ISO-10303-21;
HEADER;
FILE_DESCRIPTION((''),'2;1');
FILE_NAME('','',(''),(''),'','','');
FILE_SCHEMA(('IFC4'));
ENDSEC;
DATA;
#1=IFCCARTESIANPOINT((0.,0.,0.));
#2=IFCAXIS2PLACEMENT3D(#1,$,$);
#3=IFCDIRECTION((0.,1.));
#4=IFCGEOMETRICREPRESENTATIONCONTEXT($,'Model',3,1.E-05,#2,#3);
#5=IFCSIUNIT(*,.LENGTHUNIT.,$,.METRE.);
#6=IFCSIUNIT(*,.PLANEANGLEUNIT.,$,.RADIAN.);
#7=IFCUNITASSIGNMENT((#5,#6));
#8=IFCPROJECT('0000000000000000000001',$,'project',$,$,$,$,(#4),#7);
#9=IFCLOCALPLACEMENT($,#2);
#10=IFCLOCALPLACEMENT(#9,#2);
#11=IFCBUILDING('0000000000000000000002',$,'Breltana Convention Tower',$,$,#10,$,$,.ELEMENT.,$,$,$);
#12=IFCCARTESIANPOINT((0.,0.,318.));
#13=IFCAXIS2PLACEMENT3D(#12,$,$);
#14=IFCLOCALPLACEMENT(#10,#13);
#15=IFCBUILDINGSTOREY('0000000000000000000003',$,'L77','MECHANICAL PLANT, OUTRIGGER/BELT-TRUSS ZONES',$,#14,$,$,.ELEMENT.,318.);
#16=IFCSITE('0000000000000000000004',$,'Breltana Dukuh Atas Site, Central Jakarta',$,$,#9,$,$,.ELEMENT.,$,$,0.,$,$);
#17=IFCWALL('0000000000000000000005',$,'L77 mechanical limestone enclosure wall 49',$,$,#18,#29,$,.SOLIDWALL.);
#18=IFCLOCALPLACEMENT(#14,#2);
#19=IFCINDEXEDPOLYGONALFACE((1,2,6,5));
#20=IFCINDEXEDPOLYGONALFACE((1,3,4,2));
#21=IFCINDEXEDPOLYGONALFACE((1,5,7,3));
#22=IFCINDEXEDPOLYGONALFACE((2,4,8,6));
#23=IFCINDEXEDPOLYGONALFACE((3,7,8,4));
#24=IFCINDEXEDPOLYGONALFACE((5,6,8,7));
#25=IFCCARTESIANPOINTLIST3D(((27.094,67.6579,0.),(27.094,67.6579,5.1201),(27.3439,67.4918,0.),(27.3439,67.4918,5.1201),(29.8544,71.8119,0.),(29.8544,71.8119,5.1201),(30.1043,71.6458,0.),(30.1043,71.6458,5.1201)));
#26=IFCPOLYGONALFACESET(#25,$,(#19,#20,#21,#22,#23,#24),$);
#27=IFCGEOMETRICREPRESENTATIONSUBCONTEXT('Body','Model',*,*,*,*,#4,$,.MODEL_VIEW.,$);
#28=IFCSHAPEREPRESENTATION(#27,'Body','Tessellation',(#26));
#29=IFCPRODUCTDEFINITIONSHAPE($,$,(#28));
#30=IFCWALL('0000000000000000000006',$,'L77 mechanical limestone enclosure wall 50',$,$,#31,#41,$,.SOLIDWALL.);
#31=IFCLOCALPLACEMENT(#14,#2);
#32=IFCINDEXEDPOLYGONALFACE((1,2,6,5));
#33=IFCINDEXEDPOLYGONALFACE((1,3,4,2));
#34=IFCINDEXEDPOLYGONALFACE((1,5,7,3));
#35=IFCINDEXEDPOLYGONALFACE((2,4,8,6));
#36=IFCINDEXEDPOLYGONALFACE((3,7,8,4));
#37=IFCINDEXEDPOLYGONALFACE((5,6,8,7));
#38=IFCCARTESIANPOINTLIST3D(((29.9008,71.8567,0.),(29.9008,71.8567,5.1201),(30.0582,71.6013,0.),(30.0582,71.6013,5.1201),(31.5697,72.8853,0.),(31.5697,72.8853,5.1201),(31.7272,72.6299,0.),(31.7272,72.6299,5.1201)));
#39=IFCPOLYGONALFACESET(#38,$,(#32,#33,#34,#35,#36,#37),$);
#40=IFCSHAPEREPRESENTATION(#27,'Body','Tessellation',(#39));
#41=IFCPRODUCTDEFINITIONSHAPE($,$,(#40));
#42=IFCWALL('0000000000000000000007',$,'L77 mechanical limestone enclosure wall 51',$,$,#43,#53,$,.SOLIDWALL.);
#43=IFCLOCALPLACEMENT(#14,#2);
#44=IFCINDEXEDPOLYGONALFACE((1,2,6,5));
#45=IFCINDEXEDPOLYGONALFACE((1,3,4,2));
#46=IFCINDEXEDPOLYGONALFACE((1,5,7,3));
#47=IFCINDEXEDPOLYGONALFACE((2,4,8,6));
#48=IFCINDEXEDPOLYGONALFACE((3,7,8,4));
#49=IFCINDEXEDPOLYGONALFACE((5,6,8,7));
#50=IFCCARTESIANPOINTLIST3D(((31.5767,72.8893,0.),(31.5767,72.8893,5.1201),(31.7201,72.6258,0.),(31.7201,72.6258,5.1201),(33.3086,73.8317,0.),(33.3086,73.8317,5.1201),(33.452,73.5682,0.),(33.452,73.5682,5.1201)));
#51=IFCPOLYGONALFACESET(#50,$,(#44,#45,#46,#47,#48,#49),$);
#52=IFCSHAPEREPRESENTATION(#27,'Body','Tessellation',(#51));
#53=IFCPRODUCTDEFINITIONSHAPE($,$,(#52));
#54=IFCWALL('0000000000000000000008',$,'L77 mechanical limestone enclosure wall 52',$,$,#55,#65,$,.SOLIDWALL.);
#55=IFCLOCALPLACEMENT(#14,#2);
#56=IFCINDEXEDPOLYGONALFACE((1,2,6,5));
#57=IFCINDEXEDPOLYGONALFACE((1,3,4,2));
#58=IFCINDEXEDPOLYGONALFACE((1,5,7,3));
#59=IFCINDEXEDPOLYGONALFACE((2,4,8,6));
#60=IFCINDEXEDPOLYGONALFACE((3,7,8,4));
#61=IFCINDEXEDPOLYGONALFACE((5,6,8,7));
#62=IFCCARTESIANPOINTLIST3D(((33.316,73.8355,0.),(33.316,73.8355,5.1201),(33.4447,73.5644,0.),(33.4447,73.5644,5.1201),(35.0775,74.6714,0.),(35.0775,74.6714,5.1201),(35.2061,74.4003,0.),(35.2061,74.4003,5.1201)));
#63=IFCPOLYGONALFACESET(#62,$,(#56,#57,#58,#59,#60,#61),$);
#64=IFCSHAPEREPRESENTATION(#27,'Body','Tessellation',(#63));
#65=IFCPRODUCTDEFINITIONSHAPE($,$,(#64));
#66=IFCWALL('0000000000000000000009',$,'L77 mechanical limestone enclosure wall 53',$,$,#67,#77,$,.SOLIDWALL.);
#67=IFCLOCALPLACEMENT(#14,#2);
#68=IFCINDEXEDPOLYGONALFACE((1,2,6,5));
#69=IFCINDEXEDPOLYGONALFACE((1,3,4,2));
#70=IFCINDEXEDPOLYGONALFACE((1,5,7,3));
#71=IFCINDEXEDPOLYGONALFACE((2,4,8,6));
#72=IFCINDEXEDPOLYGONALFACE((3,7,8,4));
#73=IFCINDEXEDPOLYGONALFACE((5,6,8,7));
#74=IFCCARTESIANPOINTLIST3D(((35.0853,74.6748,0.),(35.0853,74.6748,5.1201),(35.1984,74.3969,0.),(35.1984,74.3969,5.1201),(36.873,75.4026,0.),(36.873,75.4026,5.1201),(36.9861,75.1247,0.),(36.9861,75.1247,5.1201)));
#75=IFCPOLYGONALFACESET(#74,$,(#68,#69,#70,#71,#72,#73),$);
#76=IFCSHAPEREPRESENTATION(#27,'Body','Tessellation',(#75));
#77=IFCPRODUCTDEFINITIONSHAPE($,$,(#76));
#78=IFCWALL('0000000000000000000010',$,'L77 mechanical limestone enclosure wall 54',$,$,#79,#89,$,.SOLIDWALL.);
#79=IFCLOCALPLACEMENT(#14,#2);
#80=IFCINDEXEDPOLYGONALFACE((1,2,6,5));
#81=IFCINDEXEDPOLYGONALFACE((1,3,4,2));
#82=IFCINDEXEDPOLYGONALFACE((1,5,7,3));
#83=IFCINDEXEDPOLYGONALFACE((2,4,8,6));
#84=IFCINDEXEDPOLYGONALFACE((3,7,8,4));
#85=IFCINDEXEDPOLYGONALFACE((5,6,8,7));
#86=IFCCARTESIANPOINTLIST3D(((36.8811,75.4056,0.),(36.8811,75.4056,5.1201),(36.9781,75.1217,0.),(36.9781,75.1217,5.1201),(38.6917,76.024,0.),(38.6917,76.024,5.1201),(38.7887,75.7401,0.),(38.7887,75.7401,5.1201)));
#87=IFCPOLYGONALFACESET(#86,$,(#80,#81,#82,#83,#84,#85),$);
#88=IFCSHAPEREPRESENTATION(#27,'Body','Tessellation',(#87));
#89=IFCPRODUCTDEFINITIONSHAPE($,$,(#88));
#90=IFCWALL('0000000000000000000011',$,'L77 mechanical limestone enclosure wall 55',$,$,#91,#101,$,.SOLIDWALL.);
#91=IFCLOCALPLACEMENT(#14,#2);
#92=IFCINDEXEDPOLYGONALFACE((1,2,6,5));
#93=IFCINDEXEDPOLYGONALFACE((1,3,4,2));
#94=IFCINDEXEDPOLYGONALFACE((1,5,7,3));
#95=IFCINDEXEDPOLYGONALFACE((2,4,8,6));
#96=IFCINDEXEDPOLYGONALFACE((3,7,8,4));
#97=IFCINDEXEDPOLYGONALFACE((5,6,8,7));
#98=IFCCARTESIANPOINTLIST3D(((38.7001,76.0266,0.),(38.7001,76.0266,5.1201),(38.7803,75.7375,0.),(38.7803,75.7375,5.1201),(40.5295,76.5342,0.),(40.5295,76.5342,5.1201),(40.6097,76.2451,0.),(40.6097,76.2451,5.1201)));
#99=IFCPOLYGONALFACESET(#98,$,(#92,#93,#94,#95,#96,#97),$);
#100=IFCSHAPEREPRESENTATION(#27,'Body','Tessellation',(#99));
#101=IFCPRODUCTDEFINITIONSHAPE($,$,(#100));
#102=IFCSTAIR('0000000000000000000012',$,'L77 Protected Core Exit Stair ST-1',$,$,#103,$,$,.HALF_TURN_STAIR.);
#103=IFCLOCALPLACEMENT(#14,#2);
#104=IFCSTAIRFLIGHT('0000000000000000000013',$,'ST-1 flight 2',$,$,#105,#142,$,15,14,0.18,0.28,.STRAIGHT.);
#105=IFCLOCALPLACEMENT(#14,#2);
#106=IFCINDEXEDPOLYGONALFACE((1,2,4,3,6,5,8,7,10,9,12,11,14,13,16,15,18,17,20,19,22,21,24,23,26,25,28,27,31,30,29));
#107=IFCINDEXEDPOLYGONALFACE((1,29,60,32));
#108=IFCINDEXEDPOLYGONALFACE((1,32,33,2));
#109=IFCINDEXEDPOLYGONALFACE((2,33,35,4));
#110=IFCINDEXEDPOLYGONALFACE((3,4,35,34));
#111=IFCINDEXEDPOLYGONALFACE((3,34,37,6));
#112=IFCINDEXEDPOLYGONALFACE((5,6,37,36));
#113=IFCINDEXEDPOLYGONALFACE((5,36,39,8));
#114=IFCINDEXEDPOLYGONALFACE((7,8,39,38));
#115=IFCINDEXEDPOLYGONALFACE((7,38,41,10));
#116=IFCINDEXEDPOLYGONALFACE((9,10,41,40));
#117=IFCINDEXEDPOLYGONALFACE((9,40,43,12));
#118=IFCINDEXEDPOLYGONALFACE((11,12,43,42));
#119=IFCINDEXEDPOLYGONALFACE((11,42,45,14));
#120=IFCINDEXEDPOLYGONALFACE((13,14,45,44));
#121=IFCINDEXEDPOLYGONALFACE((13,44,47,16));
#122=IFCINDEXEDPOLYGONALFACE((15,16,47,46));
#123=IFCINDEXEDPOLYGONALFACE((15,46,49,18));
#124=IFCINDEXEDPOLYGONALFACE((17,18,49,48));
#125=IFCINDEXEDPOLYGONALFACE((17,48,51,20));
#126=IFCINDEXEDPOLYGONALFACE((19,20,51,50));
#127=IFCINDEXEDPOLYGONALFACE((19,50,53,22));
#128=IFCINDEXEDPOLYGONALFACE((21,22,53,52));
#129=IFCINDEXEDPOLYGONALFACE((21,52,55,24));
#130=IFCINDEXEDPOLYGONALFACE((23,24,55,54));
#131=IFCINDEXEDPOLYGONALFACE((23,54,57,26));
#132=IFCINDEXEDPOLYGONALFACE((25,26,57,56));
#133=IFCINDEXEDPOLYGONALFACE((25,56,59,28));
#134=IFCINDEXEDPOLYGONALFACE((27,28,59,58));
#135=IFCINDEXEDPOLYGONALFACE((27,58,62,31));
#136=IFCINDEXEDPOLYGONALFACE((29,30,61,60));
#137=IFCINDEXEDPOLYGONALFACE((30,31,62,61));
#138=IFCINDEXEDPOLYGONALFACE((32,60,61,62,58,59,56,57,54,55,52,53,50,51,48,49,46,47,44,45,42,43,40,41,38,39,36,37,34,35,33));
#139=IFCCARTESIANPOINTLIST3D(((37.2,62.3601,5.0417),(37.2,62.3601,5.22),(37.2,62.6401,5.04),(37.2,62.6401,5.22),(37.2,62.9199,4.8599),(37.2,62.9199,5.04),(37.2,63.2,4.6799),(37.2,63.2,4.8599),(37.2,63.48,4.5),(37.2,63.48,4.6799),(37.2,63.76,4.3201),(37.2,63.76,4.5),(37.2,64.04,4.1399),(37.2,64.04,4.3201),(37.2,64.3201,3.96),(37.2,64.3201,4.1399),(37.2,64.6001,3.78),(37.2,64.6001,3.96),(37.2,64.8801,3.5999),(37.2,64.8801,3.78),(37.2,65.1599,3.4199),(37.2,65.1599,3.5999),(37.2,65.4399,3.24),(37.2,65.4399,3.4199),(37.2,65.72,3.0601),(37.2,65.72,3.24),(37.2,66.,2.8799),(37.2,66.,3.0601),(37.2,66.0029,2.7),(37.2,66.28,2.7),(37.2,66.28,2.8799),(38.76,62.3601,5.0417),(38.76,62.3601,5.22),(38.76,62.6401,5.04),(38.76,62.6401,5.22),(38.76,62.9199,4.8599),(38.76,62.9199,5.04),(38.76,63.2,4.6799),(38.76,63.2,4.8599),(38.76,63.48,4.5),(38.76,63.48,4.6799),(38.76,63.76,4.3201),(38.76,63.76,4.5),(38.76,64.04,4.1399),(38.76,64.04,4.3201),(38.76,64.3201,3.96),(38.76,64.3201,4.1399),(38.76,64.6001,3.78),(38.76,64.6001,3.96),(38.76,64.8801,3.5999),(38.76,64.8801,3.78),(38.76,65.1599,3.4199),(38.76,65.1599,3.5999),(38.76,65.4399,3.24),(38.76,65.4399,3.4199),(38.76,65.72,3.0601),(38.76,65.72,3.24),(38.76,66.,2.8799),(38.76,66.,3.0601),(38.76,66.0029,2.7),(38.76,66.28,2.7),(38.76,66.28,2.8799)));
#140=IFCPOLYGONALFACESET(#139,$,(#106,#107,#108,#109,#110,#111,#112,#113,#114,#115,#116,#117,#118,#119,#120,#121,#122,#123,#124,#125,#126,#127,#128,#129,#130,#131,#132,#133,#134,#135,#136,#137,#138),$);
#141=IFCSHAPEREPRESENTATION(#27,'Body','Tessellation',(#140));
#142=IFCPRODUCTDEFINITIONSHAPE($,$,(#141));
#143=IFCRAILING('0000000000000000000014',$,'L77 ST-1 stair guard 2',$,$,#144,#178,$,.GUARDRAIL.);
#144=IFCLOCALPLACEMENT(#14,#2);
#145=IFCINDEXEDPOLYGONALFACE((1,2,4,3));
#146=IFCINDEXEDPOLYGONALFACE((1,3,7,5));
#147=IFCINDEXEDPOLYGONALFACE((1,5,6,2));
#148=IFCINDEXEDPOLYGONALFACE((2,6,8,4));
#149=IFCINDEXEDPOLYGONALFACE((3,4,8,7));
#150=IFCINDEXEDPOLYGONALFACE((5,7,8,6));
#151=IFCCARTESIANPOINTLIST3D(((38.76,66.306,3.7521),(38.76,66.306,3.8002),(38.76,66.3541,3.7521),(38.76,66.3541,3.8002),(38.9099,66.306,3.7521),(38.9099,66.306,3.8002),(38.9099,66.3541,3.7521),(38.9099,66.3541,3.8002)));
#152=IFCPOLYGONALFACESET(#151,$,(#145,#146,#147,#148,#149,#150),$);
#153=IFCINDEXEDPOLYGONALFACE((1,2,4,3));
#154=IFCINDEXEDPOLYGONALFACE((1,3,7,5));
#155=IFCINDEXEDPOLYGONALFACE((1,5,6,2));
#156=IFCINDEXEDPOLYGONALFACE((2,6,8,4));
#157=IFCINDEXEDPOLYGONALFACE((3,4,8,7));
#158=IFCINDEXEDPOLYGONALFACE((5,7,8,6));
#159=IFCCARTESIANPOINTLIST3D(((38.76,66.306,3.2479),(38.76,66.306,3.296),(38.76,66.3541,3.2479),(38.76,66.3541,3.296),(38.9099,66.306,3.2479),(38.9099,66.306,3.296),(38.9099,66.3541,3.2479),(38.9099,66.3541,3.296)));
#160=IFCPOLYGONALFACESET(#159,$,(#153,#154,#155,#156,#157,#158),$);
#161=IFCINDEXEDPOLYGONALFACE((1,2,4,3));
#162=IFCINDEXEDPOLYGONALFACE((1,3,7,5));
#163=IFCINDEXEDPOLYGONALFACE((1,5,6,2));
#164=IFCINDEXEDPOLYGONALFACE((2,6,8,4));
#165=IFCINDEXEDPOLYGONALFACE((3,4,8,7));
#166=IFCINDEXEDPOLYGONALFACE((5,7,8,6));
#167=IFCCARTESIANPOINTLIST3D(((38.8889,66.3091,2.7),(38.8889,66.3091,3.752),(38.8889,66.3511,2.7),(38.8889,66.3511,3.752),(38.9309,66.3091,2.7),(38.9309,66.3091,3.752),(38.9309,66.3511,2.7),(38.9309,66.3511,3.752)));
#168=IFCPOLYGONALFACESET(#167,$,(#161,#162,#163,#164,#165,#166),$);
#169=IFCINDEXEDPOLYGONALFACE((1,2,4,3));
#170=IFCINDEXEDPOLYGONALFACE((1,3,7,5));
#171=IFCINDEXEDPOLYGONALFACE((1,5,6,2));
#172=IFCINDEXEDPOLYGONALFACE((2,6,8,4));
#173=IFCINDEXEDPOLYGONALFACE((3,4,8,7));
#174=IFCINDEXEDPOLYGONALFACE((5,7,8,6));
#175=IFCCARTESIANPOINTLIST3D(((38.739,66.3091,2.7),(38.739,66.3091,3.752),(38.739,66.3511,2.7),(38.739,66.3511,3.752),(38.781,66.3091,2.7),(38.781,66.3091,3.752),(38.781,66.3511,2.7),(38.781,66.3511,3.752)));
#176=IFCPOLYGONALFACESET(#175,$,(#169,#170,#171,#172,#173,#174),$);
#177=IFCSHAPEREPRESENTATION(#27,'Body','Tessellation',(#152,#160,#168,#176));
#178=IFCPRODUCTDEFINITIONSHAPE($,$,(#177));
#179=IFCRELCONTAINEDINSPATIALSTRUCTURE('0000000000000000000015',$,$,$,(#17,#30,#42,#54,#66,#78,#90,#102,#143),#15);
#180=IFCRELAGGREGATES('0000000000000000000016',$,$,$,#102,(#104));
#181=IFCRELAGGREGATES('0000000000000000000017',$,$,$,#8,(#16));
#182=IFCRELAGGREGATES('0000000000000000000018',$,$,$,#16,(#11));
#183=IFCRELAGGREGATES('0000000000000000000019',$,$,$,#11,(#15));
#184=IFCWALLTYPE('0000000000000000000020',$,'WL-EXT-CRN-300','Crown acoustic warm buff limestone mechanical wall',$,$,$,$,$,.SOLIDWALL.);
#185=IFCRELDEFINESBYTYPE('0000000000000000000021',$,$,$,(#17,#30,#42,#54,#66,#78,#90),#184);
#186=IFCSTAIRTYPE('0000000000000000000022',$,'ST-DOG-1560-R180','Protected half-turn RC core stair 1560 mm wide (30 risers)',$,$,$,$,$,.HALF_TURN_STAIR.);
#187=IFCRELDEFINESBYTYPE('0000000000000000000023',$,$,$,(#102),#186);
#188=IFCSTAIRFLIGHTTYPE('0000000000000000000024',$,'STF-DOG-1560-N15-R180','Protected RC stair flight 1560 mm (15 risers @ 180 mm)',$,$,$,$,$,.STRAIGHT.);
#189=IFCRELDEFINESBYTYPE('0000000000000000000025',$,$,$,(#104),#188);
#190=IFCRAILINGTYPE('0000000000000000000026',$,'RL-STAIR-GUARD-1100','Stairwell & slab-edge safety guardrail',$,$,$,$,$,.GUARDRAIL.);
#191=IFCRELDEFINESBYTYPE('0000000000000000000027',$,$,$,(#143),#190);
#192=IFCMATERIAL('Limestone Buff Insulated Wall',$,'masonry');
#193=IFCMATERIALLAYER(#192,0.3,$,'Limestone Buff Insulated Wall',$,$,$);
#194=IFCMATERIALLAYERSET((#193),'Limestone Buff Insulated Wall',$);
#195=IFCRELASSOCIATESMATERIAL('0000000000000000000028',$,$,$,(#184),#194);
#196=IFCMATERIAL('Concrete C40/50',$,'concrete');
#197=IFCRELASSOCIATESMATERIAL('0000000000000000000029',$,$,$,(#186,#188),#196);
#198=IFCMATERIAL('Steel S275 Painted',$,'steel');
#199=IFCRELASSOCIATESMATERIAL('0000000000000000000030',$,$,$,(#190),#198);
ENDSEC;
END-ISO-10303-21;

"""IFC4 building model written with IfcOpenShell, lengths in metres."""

from ifc_helpers import new_model, si_unit, direction, frame, frame_2d, origin, origin_2d, place, context, subcontext, project, spatial, polyline, rectangle, outline, extrude, source, transform, mapped, material, layer, layer_set, type_object, element, aggregate, save


model = new_model("IFC4")

# Units and contexts
model_context = context("Model", 3, precision=1e-05, world=origin(), true_north=direction((0.0, 1.0)))
body_context = subcontext(model_context, "Body", "Model", "MODEL_VIEW")
ifc_project = project(units=[si_unit("LENGTHUNIT", "METRE"), si_unit("PLANEANGLEUNIT", "RADIAN")], contexts=[model_context])

# Site, building, storey
site_placement = place(None, origin())
site = spatial("IfcSite", under=ifc_project, at=site_placement, Name="Breltana Dukuh Atas Site, Central Jakarta", CompositionType="ELEMENT", RefElevation=0.0)
building_placement = place(site_placement, origin())
building = spatial("IfcBuilding", under=site, at=building_placement, Name="Breltana Convention Tower", CompositionType="ELEMENT")
storey_placement = place(building_placement, frame((0.0, 0.0, 318.0)))
storey = spatial("IfcBuildingStorey", under=building, at=storey_placement, Name="L77", Description="MECHANICAL PLANT, OUTRIGGER/BELT-TRUSS ZONES", CompositionType="ELEMENT", Elevation=318.0)

# Walls
ifc_material_1 = material(Name="Limestone Buff Insulated Wall", Category="masonry")
ifc_layer_1 = layer(ifc_material_1, 0.3, Name="Limestone Buff Insulated Wall")
ifc_layer_set_1 = layer_set([ifc_layer_1], Name="Limestone Buff Insulated Wall")
wall_type_1 = type_object("IfcWallType", Name="WL-EXT-CRN-300", Description="Crown acoustic warm buff limestone mechanical wall", PredefinedType="SOLIDWALL", material=ifc_layer_set_1)
shared_shape_1 = source(origin(), body_context, "Body", "SweptSolid", [
    extrude(rectangle(XDim=4.9875, YDim=0.3, at=frame_2d((2.4937, 0.0))), origin(), (0.0, 0.0, 1.0), 5.1201),
])
wall_1_placement = place(storey_placement, frame((27.219, 67.575, 0.0), z_axis=(0.0, 0.0, 1.0), x_axis=(0.553468, 0.83287, 0.0)))
element("IfcWall", 1, at=wall_1_placement, inside=storey, type_object=wall_type_1, Name="L77 mechanical limestone enclosure wall 49", PredefinedType="SOLIDWALL", context=body_context, shape_type="MappedRepresentation", body=[
    mapped(shared_shape_1, transform((0.0, 0.0, 0.0), scale=1.0)),
])
shared_shape_2 = source(origin(), body_context, "Body", "SweptSolid", [
    extrude(rectangle(XDim=1.9604, YDim=0.3, at=frame_2d((0.9802, 0.0))), origin(), (0.0, 0.0, 1.0), 5.1201),
])
wall_2_placement = place(storey_placement, frame((29.9795, 71.729, 0.0), z_axis=(0.0, 0.0, 1.0), x_axis=(0.851312, 0.52466, 0.0)))
element("IfcWall", 2, at=wall_2_placement, inside=storey, type_object=wall_type_1, Name="L77 mechanical limestone enclosure wall 50", PredefinedType="SOLIDWALL", context=body_context, shape_type="MappedRepresentation", body=[
    mapped(shared_shape_2, transform((0.0, 0.0, 0.0), scale=1.0)),
])
shared_shape_3 = source(origin(), body_context, "Body", "SweptSolid", [
    extrude(rectangle(XDim=1.9717, YDim=0.3, at=frame_2d((0.9858, 0.0))), origin(), (0.0, 0.0, 1.0), 5.1201),
])
wall_3_placement = place(storey_placement, frame((31.6484, 72.7576, 0.0), z_axis=(0.0, 0.0, 1.0), x_axis=(0.878387, 0.47795, 0.0)))
element("IfcWall", 3, at=wall_3_placement, inside=storey, type_object=wall_type_1, Name="L77 mechanical limestone enclosure wall 51", PredefinedType="SOLIDWALL", context=body_context, shape_type="MappedRepresentation", body=[
    mapped(shared_shape_3, transform((0.0, 0.0, 0.0), scale=1.0)),
])
shared_shape_4 = source(origin(), body_context, "Body", "SweptSolid", [
    extrude(rectangle(XDim=1.9497, YDim=0.3, at=frame_2d((0.9749, 0.0))), origin(), (0.0, 0.0, 1.0), 5.1201),
])
wall_4_placement = place(storey_placement, frame((33.3804, 73.7, 0.0), z_axis=(0.0, 0.0, 1.0), x_axis=(0.903429, 0.428738, 0.0)))
element("IfcWall", 4, at=wall_4_placement, inside=storey, type_object=wall_type_1, Name="L77 mechanical limestone enclosure wall 52", PredefinedType="SOLIDWALL", context=body_context, shape_type="MappedRepresentation", body=[
    mapped(shared_shape_4, transform((0.0, 0.0, 0.0), scale=1.0)),
])
shared_shape_5 = source(origin(), body_context, "Body", "SweptSolid", [
    extrude(rectangle(XDim=1.9302, YDim=0.3, at=frame_2d((0.9651, 0.0))), origin(), (0.0, 0.0, 1.0), 5.1201),
])
wall_5_placement = place(storey_placement, frame((35.1418, 74.5359, 0.0), z_axis=(0.0, 0.0, 1.0), x_axis=(0.9262, 0.377032, 0.0)))
element("IfcWall", 5, at=wall_5_placement, inside=storey, type_object=wall_type_1, Name="L77 mechanical limestone enclosure wall 53", PredefinedType="SOLIDWALL", context=body_context, shape_type="MappedRepresentation", body=[
    mapped(shared_shape_5, transform((0.0, 0.0, 0.0), scale=1.0)),
])
shared_shape_6 = source(origin(), body_context, "Body", "SweptSolid", [
    extrude(rectangle(XDim=1.9133, YDim=0.3, at=frame_2d((0.9565, 0.0))), origin(), (0.0, 0.0, 1.0), 5.1201),
])
wall_6_placement = place(storey_placement, frame((36.9297, 75.2637, 0.0), z_axis=(0.0, 0.0, 1.0), x_axis=(0.946322, 0.323225, 0.0)))
element("IfcWall", 6, at=wall_6_placement, inside=storey, type_object=wall_type_1, Name="L77 mechanical limestone enclosure wall 54", PredefinedType="SOLIDWALL", context=body_context, shape_type="MappedRepresentation", body=[
    mapped(shared_shape_6, transform((0.0, 0.0, 0.0), scale=1.0)),
])
shared_shape_7 = source(origin(), body_context, "Body", "SweptSolid", [
    extrude(rectangle(XDim=1.8984, YDim=0.3, at=frame_2d((0.9492, 0.0))), origin(), (0.0, 0.0, 1.0), 5.1201),
])
wall_7_placement = place(storey_placement, frame((38.7402, 75.8821, 0.0), z_axis=(0.0, 0.0, 1.0), x_axis=(0.963597, 0.267359, 0.0)))
element("IfcWall", 7, at=wall_7_placement, inside=storey, type_object=wall_type_1, Name="L77 mechanical limestone enclosure wall 55", PredefinedType="SOLIDWALL", context=body_context, shape_type="MappedRepresentation", body=[
    mapped(shared_shape_7, transform((0.0, 0.0, 0.0), scale=1.0)),
])

# Stair, stair flight
ifc_material_2 = material(Name="Concrete C40/50", Category="concrete")
stair_type = type_object("IfcStairType", Name="ST-DOG-1560-R180", Description="Protected half-turn RC core stair 1560 mm wide (30 risers)", PredefinedType="HALF_TURN_STAIR", material=ifc_material_2)
stair_placement = place(storey_placement, origin())
stair = element("IfcStair", 8, at=stair_placement, inside=storey, type_object=stair_type, Name="L77 Protected Core Exit Stair ST-1", PredefinedType="HALF_TURN_STAIR")
stair_flight_type = type_object("IfcStairFlightType", Name="STF-DOG-1560-N15-R180", Description="Protected RC stair flight 1560 mm (15 risers @ 180 mm)", PredefinedType="STRAIGHT", material=ifc_material_2)
stair_flight_placement = place(storey_placement, frame((37.98, 66.28, 2.7), z_axis=(0.0, 0.0, 1.0), x_axis=(0.0, -1.0, 0.0)))
stair_flight = element("IfcStairFlight", 9, at=stair_flight_placement, type_object=stair_flight_type, Name="ST-1 flight 2", NumberOfRisers=15, NumberOfTreads=14, PredefinedType="STRAIGHT", RiserHeight=0.18, TreadLength=0.28, context=body_context, shape_type="SweptSolid", body=[
    extrude(outline(polyline([(0.0, 0.0), (0.0, 0.1799), (0.28, 0.1799), (0.28, 0.3601), (0.5601, 0.3601), (0.5601, 0.54), (0.8401, 0.54), (0.8401, 0.72), (1.1201, 0.72), (1.1201, 0.8999), (1.3999, 0.8999), (1.3999, 1.0801), (1.6799, 1.0801), (1.6799, 1.26), (1.96, 1.26), (1.96, 1.4399), (2.24, 1.4399), (2.24, 1.6201), (2.52, 1.6201), (2.52, 1.8), (2.8, 1.8), (2.8, 1.98), (3.0801, 1.98), (3.0801, 2.1599), (3.3601, 2.1599), (3.3601, 2.3401), (3.6399, 2.3401), (3.6399, 2.52), (3.9199, 2.52), (3.9199, 2.7), (3.9199, 2.3418), (0.2771, 0.0), (0.0, 0.0)])), frame((0.0, 0.78, 0.0), z_axis=(0.0, -1.0, 0.0), x_axis=(1.0, 0.0, 0.0)), (0.0, 0.0, 1.0), 1.5601),
])
aggregate(stair, [stair_flight])

# Railing
ifc_material_3 = material(Name="Steel S275 Painted", Category="steel")
railing_type_1 = type_object("IfcRailingType", Name="RL-STAIR-GUARD-1100", Description="Stairwell & slab-edge safety guardrail", PredefinedType="GUARDRAIL", material=ifc_material_3)
railing_1_placement = place(storey_placement, frame((38.9099, 66.3301, 2.7)))
element("IfcRailing", 10, at=railing_1_placement, inside=storey, type_object=railing_type_1, Name="L77 ST-1 stair guard 2", PredefinedType="GUARDRAIL", context=body_context, shape_type="SweptSolid", body=[
    extrude(rectangle(XDim=0.0481, YDim=0.0481, at=origin_2d()), frame((0.0, 0.0, 1.0762), z_axis=(-1.0, 0.0, 0.0), x_axis=(0.0, -1.0, 0.0)), (0.0, 0.0, 1.0), 0.1499),
    extrude(rectangle(XDim=0.0481, YDim=0.0481, at=origin_2d()), frame((0.0, 0.0, 0.572), z_axis=(-1.0, 0.0, 0.0), x_axis=(0.0, -1.0, 0.0)), (0.0, 0.0, 1.0), 0.1499),
    extrude(rectangle(XDim=0.042, YDim=0.042, at=origin_2d()), origin(), (0.0, 0.0, 1.0), 1.052),
    extrude(rectangle(XDim=0.042, YDim=0.042, at=origin_2d()), frame((-0.1499, 0.0, 0.0)), (0.0, 0.0, 1.0), 1.052),
])

save(model, "model.ifc")
